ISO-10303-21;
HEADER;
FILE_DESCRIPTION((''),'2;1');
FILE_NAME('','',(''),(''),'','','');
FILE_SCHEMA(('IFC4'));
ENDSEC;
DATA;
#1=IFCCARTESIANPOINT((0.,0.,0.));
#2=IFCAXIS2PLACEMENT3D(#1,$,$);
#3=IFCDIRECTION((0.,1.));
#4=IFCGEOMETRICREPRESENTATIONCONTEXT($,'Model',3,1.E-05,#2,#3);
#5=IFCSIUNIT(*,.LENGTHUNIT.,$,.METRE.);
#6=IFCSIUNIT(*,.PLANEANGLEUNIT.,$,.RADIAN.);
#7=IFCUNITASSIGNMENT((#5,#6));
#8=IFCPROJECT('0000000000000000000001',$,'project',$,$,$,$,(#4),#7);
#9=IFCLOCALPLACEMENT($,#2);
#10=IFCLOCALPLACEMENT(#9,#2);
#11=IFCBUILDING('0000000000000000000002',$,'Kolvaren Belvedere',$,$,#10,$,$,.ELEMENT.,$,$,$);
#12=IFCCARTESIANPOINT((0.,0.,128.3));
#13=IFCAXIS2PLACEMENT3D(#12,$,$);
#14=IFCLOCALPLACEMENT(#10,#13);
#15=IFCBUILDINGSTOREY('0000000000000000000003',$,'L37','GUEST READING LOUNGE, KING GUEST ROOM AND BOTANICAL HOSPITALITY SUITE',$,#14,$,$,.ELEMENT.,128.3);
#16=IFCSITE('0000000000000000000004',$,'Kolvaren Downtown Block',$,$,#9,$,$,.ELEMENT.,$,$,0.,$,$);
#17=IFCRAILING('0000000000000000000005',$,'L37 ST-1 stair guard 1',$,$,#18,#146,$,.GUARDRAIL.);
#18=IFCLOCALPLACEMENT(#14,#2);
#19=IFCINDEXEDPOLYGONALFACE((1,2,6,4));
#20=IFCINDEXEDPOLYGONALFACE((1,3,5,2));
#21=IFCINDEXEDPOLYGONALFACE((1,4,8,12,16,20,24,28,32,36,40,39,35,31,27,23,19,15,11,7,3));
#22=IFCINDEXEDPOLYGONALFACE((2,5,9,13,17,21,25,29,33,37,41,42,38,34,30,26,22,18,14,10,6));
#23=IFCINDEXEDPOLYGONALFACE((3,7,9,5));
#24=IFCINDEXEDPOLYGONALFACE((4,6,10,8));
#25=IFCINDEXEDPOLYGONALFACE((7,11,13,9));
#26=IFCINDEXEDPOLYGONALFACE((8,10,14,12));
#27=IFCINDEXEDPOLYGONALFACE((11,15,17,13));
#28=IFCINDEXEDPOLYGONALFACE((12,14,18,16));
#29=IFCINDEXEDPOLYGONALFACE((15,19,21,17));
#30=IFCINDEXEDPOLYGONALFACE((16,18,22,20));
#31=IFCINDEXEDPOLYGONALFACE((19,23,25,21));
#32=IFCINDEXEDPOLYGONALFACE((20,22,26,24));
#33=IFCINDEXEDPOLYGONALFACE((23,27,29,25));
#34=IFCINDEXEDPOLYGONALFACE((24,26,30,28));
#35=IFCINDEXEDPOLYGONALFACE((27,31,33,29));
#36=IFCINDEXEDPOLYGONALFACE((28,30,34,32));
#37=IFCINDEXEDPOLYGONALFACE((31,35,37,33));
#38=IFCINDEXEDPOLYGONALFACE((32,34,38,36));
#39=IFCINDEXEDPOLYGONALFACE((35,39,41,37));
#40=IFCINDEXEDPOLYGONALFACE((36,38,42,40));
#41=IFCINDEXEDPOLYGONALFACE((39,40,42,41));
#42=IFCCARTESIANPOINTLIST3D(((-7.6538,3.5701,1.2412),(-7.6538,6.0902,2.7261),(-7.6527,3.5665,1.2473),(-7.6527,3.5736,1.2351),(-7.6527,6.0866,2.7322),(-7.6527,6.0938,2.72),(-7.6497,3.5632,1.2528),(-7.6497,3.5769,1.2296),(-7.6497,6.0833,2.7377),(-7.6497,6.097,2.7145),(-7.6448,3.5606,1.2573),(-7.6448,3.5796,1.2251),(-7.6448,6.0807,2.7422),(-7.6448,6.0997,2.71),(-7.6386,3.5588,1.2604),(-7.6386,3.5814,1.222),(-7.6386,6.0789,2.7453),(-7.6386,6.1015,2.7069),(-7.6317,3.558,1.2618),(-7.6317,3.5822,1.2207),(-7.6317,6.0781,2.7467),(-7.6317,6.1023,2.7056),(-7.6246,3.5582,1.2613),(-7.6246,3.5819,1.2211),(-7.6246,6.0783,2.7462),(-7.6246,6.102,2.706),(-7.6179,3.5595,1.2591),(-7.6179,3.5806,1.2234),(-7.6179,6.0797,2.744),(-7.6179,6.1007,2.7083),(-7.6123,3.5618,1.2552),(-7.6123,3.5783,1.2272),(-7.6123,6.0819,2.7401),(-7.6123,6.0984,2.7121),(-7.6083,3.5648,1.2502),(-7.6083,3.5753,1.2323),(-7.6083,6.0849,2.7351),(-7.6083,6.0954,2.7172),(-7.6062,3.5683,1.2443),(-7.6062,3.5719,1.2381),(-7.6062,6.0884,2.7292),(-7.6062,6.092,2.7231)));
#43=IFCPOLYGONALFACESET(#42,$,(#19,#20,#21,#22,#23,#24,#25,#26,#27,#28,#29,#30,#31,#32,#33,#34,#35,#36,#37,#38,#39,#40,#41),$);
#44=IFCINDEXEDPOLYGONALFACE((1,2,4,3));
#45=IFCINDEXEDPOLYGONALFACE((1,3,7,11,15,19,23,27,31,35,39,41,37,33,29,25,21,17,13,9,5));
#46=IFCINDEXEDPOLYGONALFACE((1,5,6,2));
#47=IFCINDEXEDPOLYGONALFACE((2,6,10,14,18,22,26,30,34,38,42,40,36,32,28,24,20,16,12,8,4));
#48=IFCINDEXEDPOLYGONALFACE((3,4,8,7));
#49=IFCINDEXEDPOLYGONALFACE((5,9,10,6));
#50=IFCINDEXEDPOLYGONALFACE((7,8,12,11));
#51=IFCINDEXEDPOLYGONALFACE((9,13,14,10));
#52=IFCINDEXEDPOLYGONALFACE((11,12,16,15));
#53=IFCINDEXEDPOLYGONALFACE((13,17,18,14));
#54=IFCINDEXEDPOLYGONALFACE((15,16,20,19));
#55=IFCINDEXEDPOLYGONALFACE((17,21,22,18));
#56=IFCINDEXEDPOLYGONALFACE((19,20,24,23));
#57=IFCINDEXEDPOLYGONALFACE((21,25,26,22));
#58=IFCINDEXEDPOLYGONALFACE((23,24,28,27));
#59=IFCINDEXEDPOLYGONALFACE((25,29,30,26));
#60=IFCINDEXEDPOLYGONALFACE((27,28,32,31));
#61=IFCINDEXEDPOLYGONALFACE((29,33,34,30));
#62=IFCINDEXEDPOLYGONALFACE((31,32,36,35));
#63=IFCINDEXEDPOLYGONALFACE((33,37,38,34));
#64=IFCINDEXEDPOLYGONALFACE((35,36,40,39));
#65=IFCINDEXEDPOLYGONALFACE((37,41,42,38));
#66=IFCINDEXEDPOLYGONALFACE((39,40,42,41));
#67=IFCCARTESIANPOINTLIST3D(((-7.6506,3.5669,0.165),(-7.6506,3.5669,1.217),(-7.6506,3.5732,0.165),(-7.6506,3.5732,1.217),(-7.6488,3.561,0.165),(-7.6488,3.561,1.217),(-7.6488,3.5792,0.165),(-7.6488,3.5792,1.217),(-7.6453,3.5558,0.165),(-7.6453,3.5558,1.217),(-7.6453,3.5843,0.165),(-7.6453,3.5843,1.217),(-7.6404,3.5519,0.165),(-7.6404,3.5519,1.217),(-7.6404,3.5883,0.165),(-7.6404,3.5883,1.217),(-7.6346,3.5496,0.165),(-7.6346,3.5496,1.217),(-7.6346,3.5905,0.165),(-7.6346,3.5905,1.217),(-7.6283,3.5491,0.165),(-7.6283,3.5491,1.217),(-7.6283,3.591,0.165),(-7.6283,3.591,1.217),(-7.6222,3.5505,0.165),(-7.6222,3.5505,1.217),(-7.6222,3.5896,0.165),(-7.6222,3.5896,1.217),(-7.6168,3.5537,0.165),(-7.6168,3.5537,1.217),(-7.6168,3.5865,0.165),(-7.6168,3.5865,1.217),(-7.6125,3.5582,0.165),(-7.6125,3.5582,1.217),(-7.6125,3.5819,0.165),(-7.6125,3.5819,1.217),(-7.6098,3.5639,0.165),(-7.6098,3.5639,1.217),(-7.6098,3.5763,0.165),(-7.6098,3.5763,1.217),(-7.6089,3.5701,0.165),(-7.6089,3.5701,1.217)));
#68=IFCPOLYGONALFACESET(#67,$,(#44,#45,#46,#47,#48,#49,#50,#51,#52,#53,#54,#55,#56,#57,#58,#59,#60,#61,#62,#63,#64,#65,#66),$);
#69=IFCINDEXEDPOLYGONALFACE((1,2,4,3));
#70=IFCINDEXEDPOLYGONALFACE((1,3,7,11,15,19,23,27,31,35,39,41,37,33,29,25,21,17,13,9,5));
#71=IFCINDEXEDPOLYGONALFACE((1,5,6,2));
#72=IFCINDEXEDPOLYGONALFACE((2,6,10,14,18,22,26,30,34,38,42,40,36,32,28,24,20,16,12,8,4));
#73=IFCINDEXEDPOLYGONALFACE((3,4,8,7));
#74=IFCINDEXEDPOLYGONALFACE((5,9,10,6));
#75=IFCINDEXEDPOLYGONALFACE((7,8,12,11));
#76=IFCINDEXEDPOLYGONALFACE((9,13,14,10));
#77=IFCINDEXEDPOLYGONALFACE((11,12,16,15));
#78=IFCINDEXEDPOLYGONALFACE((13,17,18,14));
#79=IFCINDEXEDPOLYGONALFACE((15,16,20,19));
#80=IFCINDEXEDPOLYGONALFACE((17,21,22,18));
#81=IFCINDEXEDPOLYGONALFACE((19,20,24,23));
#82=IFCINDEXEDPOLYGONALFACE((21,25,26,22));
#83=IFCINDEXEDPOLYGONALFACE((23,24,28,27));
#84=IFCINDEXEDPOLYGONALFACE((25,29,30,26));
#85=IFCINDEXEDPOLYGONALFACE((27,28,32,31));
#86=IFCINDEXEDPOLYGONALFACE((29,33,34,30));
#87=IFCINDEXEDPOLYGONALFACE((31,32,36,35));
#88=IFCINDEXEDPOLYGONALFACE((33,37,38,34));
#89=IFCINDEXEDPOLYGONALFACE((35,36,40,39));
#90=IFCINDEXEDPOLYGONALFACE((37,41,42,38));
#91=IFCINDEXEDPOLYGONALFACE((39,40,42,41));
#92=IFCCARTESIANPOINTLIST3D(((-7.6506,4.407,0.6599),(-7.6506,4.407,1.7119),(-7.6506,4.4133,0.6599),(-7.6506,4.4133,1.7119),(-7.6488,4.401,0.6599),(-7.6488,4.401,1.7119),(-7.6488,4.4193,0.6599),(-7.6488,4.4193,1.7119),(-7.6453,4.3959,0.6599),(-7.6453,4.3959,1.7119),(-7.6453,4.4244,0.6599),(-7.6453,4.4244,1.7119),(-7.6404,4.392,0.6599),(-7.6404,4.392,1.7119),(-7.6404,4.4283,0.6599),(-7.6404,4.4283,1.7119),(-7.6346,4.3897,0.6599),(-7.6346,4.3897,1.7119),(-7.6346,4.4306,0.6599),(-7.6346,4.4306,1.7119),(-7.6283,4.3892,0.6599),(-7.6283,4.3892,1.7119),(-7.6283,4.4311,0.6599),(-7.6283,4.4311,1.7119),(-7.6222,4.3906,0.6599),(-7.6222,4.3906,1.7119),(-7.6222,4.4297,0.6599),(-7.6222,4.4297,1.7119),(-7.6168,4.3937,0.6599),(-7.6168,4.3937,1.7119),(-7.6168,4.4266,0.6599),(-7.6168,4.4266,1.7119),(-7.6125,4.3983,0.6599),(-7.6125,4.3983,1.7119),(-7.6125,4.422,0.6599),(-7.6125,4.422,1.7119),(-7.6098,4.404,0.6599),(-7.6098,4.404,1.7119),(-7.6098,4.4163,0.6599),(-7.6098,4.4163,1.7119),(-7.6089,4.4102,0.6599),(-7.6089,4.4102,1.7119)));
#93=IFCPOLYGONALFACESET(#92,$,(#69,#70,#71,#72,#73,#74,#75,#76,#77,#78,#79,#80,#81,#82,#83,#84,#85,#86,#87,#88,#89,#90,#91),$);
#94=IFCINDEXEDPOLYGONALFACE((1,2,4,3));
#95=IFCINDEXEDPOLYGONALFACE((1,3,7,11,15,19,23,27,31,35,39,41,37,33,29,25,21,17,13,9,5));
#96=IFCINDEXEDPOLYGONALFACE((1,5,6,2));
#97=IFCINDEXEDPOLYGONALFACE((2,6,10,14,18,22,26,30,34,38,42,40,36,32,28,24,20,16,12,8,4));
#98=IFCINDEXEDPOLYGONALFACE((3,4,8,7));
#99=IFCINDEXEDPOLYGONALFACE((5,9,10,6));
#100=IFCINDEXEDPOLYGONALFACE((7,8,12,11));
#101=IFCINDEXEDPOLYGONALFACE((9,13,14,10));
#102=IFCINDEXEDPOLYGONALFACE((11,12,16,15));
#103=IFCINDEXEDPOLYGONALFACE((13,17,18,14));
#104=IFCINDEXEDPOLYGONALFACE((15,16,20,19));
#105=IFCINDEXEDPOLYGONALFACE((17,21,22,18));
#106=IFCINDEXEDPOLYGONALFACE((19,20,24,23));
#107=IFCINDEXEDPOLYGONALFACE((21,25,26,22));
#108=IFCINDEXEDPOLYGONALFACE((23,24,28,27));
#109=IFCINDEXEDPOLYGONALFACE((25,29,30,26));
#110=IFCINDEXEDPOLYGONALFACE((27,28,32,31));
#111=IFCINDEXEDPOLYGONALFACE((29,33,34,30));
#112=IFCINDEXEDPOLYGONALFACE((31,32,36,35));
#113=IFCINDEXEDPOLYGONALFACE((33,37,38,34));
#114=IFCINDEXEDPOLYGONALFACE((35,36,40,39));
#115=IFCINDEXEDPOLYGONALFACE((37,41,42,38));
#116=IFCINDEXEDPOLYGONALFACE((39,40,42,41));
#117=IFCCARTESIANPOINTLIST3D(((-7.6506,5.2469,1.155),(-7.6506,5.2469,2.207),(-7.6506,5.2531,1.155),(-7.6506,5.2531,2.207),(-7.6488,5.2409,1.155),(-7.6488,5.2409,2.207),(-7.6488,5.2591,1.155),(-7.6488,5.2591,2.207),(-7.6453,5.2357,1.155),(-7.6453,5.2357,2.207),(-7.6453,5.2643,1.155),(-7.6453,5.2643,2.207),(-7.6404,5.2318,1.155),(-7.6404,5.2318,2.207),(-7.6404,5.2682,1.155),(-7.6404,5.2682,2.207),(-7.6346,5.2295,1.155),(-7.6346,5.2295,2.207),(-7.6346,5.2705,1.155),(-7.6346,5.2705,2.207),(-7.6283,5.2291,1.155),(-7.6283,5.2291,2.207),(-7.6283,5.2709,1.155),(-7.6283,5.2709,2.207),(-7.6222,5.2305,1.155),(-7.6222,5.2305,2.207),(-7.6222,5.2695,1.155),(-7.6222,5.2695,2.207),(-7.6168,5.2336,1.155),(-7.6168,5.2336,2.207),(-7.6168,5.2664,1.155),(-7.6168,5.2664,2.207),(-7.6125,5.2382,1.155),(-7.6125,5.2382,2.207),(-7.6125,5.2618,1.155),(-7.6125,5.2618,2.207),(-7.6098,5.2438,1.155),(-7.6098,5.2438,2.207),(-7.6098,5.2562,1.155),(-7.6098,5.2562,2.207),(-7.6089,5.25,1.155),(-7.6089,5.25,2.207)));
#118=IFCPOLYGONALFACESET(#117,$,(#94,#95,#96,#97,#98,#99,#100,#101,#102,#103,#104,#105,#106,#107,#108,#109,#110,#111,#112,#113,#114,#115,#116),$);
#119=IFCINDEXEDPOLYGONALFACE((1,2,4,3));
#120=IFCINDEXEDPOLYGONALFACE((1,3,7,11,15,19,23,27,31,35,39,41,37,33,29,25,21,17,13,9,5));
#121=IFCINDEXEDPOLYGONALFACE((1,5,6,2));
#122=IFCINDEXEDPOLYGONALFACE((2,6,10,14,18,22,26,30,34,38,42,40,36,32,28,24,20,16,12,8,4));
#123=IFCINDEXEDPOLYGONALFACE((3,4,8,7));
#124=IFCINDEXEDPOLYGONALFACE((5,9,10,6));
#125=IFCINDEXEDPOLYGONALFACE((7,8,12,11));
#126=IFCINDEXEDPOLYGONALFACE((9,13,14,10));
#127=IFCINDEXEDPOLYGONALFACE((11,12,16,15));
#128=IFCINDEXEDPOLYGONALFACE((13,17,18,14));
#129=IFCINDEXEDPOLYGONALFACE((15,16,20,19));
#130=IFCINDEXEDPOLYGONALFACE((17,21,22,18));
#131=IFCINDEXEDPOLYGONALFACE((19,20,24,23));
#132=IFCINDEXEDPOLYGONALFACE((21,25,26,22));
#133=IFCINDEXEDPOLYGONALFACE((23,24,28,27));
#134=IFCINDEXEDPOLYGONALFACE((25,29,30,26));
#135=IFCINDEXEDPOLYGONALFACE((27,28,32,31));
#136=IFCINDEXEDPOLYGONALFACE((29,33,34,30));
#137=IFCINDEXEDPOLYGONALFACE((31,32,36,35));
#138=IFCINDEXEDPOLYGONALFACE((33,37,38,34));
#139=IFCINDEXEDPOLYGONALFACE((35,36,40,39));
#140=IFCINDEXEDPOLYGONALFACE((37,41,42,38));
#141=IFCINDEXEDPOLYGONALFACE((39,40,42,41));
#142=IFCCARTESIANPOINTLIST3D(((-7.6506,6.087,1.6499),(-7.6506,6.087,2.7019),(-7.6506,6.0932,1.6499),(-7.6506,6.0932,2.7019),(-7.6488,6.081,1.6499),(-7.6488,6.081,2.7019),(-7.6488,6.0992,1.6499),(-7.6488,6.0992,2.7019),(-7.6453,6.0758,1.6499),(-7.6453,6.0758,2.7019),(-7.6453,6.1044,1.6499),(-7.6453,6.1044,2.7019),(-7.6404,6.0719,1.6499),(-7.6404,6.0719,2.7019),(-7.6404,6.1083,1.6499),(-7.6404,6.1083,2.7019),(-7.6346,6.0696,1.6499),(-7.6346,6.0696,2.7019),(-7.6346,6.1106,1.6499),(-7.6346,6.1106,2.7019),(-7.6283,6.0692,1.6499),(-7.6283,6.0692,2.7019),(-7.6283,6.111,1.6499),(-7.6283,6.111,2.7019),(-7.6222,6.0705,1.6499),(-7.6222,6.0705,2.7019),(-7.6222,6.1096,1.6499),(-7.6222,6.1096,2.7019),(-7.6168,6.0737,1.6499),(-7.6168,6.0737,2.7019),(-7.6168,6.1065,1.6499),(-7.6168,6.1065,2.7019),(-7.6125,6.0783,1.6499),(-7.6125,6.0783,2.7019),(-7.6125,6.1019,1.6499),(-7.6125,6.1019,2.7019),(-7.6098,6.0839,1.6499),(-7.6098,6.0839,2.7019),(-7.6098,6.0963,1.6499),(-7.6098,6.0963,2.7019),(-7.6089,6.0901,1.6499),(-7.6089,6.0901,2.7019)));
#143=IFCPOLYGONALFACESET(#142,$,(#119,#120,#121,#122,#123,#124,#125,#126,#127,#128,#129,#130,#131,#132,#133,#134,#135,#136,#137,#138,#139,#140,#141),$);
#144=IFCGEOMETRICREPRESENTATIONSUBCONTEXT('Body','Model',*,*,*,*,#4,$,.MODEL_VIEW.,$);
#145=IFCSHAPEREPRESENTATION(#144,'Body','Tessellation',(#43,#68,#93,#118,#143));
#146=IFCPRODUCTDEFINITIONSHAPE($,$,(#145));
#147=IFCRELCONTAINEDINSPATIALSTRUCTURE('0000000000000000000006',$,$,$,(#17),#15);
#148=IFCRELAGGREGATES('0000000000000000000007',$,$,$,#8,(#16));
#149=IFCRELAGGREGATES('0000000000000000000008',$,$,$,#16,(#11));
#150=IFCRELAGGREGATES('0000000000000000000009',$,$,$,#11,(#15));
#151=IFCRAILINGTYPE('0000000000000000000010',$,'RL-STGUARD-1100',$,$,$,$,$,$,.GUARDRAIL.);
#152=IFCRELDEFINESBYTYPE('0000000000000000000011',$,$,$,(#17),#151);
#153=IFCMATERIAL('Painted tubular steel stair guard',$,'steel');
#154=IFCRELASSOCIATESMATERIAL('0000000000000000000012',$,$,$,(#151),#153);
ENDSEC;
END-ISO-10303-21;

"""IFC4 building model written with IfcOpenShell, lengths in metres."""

from ifc_helpers import new_model, si_unit, direction, frame, origin, origin_2d, place, context, subcontext, project, spatial, circle, extrude, material, type_object, element, save


model = new_model("IFC4")

# Units and contexts
model_context = context("Model", 3, precision=1e-05, world=origin(), true_north=direction((0.0, 1.0)))
body_context = subcontext(model_context, "Body", "Model", "MODEL_VIEW")
ifc_project = project(units=[si_unit("LENGTHUNIT", "METRE"), si_unit("PLANEANGLEUNIT", "RADIAN")], contexts=[model_context])

# Site, building, storey
site_placement = place(None, origin())
site = spatial("IfcSite", under=ifc_project, at=site_placement, Name="Kolvaren Downtown Block", CompositionType="ELEMENT", RefElevation=0.0)
building_placement = place(site_placement, origin())
building = spatial("IfcBuilding", under=site, at=building_placement, Name="Kolvaren Belvedere", CompositionType="ELEMENT")
storey_placement = place(building_placement, frame((0.0, 0.0, 128.3)))
storey = spatial("IfcBuildingStorey", under=building, at=storey_placement, Name="L37", Description="GUEST READING LOUNGE, KING GUEST ROOM AND BOTANICAL HOSPITALITY SUITE", CompositionType="ELEMENT", Elevation=128.3)

# Railing
ifc_material_1 = material(Name="Painted tubular steel stair guard", Category="steel")
railing_type_1 = type_object("IfcRailingType", Name="RL-STGUARD-1100", PredefinedType="GUARDRAIL", material=ifc_material_1)
railing_1_placement = place(storey_placement, frame((-7.6299, 3.5701, 0.165)))
element("IfcRailing", 1, at=railing_1_placement, inside=storey, type_object=railing_type_1, Name="L37 ST-1 stair guard 1", PredefinedType="GUARDRAIL", context=body_context, shape_type="SweptSolid", body=[
    extrude(circle(Radius=0.0239, at=origin_2d()), frame((0.0, 0.0, 1.0762), z_axis=(0.0, 0.861561, 0.507655), x_axis=(-1.0, 0.0, 0.0)), (0.0, 0.0, 1.0), 2.925),
    extrude(circle(Radius=0.021, at=origin_2d()), origin(), (0.0, 0.0, 1.0), 1.052),
    extrude(circle(Radius=0.021, at=origin_2d()), frame((0.0, 0.8401, 0.4949)), (0.0, 0.0, 1.0), 1.052),
    extrude(circle(Radius=0.021, at=origin_2d()), frame((0.0, 1.6799, 0.99)), (0.0, 0.0, 1.0), 1.052),
    extrude(circle(Radius=0.021, at=origin_2d()), frame((0.0, 2.52, 1.4849)), (0.0, 0.0, 1.0), 1.052),
])

save(model, "model.ifc")
